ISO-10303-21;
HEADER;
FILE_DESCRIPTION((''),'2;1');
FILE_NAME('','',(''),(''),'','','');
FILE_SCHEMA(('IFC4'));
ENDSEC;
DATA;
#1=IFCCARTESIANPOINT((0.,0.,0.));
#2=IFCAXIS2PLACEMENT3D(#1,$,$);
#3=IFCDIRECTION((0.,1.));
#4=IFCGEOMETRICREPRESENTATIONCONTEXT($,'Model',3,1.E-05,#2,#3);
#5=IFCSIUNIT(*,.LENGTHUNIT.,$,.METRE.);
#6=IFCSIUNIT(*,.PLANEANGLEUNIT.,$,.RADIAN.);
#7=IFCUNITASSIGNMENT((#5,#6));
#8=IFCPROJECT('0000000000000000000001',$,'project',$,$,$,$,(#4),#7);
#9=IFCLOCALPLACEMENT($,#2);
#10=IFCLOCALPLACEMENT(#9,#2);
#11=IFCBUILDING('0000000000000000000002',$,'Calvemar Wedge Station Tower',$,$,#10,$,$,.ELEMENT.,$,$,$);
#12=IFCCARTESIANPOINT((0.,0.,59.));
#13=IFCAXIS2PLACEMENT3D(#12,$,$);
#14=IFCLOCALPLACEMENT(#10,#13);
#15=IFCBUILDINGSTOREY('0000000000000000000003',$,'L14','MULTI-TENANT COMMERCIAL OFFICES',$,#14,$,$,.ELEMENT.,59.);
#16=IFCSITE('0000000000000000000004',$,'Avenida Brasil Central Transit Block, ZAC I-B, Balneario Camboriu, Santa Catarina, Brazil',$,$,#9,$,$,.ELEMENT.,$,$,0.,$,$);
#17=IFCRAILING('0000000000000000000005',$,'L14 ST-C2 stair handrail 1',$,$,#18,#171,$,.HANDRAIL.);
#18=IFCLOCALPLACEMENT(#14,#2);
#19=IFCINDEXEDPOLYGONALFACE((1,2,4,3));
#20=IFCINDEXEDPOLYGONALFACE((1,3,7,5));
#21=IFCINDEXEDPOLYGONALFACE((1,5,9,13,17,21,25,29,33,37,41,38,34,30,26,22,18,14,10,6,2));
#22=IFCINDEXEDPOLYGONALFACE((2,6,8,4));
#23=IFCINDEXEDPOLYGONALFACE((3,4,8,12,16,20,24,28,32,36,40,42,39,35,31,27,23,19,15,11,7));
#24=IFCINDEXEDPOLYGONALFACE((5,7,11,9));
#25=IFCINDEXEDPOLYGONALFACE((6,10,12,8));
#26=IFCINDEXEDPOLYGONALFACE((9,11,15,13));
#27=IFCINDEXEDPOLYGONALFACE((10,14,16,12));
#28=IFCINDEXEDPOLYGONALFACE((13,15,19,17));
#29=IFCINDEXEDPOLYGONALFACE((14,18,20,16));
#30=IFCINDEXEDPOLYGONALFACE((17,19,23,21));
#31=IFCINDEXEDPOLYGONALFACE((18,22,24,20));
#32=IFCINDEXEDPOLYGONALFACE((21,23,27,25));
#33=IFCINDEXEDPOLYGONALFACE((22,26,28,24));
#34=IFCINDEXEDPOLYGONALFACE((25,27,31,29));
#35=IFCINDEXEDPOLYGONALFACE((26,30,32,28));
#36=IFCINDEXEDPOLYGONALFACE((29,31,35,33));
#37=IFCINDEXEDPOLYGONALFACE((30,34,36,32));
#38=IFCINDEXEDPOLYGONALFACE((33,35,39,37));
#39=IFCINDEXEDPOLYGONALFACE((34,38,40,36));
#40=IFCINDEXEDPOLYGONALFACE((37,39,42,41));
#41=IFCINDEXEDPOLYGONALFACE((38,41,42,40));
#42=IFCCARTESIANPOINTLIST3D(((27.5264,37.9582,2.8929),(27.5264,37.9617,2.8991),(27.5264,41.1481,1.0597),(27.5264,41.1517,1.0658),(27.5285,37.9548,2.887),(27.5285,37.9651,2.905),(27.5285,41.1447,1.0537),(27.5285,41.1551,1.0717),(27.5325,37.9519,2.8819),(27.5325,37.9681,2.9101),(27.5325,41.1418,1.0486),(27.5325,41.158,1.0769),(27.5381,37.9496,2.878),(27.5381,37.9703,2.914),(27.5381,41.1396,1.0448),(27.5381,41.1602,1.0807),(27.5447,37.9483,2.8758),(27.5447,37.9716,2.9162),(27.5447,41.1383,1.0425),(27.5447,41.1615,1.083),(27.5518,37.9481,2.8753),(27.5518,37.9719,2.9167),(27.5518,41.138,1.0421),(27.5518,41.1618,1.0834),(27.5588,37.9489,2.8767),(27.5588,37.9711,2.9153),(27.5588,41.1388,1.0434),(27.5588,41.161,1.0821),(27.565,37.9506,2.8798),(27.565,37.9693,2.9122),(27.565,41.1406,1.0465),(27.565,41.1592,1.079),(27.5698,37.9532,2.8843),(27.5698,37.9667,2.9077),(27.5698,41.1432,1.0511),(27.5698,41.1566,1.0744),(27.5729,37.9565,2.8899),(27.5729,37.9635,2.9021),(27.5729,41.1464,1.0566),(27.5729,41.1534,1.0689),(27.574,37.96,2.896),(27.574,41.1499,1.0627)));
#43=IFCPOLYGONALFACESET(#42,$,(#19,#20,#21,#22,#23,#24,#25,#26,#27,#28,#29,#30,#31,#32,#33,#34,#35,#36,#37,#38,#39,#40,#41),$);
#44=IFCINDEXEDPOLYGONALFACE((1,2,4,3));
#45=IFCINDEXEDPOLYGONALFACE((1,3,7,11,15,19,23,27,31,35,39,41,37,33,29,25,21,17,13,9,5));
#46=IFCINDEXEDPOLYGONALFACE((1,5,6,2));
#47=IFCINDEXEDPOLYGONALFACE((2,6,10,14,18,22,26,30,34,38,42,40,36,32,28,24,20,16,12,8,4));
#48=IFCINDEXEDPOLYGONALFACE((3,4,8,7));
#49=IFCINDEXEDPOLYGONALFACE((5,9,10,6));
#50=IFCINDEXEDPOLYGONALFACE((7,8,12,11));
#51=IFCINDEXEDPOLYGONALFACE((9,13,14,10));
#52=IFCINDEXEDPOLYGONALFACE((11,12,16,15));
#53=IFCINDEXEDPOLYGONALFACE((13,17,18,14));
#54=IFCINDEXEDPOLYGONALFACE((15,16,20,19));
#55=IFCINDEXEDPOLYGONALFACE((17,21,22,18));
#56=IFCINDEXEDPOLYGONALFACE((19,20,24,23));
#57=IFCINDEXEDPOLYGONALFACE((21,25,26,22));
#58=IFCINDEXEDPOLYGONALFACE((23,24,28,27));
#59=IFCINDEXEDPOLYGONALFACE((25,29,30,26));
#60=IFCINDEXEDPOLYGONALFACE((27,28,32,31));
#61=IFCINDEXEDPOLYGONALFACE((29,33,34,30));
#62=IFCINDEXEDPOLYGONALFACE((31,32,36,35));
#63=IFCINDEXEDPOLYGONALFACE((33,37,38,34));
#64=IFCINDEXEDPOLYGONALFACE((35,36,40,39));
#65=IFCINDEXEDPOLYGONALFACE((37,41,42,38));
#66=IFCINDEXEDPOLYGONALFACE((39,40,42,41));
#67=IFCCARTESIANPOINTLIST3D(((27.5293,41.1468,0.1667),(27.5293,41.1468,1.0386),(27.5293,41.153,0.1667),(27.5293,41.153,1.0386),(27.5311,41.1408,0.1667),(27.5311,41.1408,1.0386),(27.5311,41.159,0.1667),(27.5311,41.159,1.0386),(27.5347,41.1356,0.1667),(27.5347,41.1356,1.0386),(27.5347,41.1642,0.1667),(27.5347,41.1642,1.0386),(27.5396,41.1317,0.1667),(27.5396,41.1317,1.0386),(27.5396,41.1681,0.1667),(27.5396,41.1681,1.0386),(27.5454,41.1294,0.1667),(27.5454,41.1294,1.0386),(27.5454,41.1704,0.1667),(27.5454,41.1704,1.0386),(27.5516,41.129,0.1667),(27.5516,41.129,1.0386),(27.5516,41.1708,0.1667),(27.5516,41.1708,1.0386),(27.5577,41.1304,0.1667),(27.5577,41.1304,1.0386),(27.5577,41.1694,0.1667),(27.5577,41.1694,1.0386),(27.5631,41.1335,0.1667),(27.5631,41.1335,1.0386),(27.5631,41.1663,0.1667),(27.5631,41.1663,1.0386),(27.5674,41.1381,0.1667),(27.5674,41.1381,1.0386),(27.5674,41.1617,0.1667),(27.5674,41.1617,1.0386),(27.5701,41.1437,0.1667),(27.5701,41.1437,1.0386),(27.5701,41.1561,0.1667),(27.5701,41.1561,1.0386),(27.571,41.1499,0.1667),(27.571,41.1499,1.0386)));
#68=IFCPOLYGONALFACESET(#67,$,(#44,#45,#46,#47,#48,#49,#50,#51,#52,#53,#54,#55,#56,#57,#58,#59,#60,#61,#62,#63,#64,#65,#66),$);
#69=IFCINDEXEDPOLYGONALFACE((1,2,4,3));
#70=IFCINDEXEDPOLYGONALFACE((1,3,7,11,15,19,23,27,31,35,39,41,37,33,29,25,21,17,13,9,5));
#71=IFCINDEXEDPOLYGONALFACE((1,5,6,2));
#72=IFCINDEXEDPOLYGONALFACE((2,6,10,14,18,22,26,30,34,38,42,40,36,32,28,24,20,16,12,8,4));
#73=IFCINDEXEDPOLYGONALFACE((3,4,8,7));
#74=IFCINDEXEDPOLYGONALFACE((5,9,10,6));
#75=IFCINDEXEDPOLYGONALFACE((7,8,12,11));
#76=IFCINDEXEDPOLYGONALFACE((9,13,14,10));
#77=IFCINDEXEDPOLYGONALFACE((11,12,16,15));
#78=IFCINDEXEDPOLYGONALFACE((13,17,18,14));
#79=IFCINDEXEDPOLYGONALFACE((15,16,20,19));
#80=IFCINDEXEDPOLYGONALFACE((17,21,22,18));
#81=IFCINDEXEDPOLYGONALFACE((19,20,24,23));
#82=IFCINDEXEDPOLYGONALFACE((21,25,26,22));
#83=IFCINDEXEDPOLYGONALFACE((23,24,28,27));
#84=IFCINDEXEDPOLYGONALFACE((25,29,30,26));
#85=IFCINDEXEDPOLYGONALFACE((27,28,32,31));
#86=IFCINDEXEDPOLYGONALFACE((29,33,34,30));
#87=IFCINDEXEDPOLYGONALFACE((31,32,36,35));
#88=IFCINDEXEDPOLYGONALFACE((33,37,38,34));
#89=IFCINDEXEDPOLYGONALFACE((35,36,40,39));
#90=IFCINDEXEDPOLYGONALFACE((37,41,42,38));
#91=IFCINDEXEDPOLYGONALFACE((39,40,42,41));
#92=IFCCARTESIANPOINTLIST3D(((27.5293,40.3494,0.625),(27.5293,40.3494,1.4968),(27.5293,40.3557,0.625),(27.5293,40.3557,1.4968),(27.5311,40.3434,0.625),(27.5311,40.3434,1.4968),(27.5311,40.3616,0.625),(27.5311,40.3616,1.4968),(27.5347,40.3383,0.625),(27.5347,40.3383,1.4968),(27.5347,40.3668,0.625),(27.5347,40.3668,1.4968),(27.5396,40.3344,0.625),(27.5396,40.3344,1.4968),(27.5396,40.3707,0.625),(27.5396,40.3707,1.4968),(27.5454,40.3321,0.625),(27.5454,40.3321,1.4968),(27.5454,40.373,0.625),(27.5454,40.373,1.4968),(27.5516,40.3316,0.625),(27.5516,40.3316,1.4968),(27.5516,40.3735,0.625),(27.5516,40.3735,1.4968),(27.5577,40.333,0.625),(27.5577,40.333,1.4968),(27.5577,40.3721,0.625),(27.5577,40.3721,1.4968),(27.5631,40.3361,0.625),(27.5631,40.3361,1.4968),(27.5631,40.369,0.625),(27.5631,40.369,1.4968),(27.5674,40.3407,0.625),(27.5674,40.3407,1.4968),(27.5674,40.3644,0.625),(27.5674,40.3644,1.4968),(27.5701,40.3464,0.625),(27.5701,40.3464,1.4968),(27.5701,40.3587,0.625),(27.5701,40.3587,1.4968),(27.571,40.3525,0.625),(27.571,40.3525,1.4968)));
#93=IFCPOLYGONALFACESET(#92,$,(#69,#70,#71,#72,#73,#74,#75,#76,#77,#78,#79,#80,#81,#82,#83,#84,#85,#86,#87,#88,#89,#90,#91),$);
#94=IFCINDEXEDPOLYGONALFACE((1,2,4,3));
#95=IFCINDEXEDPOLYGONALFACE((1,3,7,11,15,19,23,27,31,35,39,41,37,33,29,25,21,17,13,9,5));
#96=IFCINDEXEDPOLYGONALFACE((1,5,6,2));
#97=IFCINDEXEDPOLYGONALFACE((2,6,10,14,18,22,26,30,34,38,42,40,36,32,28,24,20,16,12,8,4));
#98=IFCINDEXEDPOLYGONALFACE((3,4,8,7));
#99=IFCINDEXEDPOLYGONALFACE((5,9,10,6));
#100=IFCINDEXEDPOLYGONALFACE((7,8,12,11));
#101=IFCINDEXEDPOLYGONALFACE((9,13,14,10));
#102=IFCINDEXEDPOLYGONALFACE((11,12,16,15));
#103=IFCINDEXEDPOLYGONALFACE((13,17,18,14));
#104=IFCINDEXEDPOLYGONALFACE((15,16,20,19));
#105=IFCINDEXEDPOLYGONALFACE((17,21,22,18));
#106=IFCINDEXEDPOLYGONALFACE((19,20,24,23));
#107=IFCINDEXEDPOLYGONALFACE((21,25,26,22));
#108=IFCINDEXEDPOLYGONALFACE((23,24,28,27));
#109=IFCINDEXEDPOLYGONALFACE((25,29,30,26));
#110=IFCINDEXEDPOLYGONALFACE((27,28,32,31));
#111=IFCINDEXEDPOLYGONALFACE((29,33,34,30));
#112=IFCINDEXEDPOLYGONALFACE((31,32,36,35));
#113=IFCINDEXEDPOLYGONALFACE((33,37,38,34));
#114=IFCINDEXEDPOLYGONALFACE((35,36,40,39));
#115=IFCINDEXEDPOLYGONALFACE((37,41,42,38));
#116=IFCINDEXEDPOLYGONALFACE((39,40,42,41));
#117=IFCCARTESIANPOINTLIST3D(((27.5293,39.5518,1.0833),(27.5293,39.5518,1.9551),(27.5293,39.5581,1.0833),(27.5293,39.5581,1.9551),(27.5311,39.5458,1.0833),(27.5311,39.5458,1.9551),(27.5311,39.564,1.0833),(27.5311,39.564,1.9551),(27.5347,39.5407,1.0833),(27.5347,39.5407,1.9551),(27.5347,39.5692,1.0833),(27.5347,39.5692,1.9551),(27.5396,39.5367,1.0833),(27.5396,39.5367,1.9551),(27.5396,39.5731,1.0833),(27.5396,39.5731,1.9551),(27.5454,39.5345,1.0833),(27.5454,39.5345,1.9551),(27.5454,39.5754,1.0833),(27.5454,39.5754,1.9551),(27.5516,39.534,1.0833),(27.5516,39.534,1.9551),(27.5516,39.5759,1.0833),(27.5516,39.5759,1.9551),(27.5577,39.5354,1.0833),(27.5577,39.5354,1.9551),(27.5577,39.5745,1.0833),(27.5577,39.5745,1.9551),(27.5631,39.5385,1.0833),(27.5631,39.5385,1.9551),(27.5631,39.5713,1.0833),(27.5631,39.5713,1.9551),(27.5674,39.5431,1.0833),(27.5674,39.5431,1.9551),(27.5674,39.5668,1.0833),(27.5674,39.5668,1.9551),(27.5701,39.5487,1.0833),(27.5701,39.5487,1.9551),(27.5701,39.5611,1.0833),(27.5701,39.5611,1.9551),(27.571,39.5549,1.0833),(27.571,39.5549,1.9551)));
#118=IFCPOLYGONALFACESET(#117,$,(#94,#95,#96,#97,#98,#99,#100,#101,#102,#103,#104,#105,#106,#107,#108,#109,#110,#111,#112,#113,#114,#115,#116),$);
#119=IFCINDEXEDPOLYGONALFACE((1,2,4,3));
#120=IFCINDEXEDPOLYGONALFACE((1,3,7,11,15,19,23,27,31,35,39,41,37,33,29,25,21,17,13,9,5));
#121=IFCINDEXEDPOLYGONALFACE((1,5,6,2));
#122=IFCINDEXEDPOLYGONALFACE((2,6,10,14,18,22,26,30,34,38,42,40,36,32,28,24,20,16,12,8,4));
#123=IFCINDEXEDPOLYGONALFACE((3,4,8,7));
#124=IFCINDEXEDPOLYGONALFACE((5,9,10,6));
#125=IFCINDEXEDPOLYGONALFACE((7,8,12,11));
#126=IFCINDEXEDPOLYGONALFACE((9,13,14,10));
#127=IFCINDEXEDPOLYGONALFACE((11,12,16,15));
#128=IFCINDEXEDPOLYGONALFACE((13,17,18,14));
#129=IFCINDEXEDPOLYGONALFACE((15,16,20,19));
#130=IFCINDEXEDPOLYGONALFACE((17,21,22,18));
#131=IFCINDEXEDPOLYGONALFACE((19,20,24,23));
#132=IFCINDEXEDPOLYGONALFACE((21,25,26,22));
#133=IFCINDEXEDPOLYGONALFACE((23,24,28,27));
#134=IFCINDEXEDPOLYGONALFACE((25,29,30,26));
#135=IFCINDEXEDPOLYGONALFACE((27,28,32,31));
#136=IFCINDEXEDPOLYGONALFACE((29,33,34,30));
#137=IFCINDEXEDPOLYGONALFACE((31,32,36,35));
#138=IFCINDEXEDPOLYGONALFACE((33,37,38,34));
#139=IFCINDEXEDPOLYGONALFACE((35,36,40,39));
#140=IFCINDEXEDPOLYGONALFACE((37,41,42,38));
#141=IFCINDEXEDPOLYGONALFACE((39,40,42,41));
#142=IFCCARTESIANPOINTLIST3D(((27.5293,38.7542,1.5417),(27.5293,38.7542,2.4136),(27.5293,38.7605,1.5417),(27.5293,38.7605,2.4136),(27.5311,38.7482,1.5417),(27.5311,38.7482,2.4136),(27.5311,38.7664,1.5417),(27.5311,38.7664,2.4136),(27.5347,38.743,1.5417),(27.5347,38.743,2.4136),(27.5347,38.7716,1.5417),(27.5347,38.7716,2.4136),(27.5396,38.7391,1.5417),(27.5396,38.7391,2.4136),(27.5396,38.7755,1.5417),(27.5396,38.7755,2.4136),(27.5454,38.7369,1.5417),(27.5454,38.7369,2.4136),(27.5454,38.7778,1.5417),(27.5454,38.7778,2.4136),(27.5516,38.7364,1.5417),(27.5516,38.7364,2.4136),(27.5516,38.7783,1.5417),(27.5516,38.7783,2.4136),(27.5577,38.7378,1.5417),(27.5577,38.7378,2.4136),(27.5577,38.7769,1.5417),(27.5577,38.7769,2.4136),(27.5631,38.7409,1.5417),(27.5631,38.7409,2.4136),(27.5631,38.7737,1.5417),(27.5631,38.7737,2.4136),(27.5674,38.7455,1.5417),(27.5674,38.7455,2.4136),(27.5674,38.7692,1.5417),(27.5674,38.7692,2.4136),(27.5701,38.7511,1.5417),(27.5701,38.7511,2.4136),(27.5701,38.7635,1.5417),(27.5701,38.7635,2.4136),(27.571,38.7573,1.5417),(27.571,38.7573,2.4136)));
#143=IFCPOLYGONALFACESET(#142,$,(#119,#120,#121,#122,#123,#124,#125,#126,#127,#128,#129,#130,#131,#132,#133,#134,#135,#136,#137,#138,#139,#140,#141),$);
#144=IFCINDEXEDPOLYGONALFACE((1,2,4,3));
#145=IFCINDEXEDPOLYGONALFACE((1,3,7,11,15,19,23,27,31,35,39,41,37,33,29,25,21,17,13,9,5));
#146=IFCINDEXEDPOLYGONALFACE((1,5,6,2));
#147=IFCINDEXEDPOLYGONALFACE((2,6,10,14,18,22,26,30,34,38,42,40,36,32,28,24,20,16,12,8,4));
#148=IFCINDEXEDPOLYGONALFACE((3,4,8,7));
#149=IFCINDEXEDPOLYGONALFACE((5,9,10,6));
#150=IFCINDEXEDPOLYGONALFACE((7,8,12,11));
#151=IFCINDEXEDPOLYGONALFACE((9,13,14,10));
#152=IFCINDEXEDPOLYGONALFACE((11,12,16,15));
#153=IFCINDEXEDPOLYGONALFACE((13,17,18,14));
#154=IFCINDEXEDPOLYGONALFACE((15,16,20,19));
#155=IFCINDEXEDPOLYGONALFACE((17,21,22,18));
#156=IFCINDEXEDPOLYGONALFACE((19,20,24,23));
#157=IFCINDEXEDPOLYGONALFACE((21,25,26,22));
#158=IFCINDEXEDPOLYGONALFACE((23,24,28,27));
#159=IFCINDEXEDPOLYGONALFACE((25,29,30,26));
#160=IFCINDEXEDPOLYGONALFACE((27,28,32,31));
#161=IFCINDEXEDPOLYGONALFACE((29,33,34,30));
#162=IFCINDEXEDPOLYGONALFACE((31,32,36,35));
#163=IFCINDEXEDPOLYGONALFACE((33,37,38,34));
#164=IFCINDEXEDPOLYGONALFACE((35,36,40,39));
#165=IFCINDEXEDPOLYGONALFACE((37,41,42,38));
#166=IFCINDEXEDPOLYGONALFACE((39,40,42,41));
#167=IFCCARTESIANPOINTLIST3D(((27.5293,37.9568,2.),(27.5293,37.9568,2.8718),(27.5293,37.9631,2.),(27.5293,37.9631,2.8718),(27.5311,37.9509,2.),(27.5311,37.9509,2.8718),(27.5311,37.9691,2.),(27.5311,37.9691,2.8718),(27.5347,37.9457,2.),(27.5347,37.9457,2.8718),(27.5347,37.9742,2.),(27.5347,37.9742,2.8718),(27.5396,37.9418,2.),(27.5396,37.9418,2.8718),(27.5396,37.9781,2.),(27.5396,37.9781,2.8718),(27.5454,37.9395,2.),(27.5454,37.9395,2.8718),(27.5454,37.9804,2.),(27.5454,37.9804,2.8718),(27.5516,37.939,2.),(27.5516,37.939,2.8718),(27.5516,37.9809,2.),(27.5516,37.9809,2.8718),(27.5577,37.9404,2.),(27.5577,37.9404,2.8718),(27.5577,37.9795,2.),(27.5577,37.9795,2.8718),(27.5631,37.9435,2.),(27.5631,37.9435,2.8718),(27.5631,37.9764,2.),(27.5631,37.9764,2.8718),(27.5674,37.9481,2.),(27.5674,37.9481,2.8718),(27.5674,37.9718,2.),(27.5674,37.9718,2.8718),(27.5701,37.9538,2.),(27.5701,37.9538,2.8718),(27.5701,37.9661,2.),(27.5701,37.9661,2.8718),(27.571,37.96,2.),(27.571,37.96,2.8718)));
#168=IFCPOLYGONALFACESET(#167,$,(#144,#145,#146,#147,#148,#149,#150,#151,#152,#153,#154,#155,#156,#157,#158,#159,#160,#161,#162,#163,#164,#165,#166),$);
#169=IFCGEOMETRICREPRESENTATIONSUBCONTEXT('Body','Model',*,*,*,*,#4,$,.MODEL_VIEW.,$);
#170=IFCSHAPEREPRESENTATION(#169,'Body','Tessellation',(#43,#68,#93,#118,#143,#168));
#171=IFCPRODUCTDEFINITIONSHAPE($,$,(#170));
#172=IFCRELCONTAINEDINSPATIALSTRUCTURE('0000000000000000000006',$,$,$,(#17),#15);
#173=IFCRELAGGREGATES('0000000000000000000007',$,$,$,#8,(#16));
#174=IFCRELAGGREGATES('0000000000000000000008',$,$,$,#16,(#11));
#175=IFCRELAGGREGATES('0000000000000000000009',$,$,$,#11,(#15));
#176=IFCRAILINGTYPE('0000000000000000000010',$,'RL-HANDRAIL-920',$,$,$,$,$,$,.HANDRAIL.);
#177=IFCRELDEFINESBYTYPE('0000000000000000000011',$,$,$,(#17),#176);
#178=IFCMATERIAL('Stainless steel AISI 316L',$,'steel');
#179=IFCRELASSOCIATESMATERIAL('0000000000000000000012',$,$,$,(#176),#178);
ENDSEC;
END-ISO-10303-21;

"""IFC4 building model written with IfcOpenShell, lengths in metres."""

from ifc_helpers import new_model, si_unit, direction, frame, origin, origin_2d, place, context, subcontext, project, spatial, circle, extrude, material, type_object, element, save


model = new_model("IFC4")

# Units and contexts
model_context = context("Model", 3, precision=1e-05, world=origin(), true_north=direction((0.0, 1.0)))
body_context = subcontext(model_context, "Body", "Model", "MODEL_VIEW")
ifc_project = project(units=[si_unit("LENGTHUNIT", "METRE"), si_unit("PLANEANGLEUNIT", "RADIAN")], contexts=[model_context])

# Site, building, storey
site_placement = place(None, origin())
site = spatial("IfcSite", under=ifc_project, at=site_placement, Name="Avenida Brasil Central Transit Block, ZAC I-B, Balneario Camboriu, Santa Catarina, Brazil", CompositionType="ELEMENT", RefElevation=0.0)
building_placement = place(site_placement, origin())
building = spatial("IfcBuilding", under=site, at=building_placement, Name="Calvemar Wedge Station Tower", CompositionType="ELEMENT")
storey_placement = place(building_placement, frame((0.0, 0.0, 59.0)))
storey = spatial("IfcBuildingStorey", under=building, at=storey_placement, Name="L14", Description="MULTI-TENANT COMMERCIAL OFFICES", CompositionType="ELEMENT", Elevation=59.0)

# Railing
ifc_material_1 = material(Name="Stainless steel AISI 316L", Category="steel")
railing_type_1 = type_object("IfcRailingType", Name="RL-HANDRAIL-920", PredefinedType="HANDRAIL", material=ifc_material_1)
railing_1_placement = place(storey_placement, frame((27.55, 41.1499, 0.1667)))
element("IfcRailing", 1, at=railing_1_placement, inside=storey, type_object=railing_type_1, Name="L14 ST-C2 stair handrail 1", PredefinedType="HANDRAIL", context=body_context, shape_type="SweptSolid", body=[
    extrude(circle(Radius=0.0239, at=origin_2d()), frame((0.0, 0.0, 0.896), z_axis=(0.0, -0.86702, 0.498274), x_axis=(1.0, 0.0, 0.0)), (0.0, 0.0, 1.0), 3.6792),
    extrude(circle(Radius=0.021, at=origin_2d()), origin(), (0.0, 0.0, 1.0), 0.8718),
    extrude(circle(Radius=0.021, at=origin_2d()), frame((0.0, -0.7974, 0.4583)), (0.0, 0.0, 1.0), 0.8718),
    extrude(circle(Radius=0.021, at=origin_2d()), frame((0.0, -1.595, 0.9165)), (0.0, 0.0, 1.0), 0.8718),
    extrude(circle(Radius=0.021, at=origin_2d()), frame((0.0, -2.3926, 1.375)), (0.0, 0.0, 1.0), 0.8718),
    extrude(circle(Radius=0.021, at=origin_2d()), frame((0.0, -3.1899, 1.8333)), (0.0, 0.0, 1.0), 0.8718),
])

save(model, "model.ifc")
